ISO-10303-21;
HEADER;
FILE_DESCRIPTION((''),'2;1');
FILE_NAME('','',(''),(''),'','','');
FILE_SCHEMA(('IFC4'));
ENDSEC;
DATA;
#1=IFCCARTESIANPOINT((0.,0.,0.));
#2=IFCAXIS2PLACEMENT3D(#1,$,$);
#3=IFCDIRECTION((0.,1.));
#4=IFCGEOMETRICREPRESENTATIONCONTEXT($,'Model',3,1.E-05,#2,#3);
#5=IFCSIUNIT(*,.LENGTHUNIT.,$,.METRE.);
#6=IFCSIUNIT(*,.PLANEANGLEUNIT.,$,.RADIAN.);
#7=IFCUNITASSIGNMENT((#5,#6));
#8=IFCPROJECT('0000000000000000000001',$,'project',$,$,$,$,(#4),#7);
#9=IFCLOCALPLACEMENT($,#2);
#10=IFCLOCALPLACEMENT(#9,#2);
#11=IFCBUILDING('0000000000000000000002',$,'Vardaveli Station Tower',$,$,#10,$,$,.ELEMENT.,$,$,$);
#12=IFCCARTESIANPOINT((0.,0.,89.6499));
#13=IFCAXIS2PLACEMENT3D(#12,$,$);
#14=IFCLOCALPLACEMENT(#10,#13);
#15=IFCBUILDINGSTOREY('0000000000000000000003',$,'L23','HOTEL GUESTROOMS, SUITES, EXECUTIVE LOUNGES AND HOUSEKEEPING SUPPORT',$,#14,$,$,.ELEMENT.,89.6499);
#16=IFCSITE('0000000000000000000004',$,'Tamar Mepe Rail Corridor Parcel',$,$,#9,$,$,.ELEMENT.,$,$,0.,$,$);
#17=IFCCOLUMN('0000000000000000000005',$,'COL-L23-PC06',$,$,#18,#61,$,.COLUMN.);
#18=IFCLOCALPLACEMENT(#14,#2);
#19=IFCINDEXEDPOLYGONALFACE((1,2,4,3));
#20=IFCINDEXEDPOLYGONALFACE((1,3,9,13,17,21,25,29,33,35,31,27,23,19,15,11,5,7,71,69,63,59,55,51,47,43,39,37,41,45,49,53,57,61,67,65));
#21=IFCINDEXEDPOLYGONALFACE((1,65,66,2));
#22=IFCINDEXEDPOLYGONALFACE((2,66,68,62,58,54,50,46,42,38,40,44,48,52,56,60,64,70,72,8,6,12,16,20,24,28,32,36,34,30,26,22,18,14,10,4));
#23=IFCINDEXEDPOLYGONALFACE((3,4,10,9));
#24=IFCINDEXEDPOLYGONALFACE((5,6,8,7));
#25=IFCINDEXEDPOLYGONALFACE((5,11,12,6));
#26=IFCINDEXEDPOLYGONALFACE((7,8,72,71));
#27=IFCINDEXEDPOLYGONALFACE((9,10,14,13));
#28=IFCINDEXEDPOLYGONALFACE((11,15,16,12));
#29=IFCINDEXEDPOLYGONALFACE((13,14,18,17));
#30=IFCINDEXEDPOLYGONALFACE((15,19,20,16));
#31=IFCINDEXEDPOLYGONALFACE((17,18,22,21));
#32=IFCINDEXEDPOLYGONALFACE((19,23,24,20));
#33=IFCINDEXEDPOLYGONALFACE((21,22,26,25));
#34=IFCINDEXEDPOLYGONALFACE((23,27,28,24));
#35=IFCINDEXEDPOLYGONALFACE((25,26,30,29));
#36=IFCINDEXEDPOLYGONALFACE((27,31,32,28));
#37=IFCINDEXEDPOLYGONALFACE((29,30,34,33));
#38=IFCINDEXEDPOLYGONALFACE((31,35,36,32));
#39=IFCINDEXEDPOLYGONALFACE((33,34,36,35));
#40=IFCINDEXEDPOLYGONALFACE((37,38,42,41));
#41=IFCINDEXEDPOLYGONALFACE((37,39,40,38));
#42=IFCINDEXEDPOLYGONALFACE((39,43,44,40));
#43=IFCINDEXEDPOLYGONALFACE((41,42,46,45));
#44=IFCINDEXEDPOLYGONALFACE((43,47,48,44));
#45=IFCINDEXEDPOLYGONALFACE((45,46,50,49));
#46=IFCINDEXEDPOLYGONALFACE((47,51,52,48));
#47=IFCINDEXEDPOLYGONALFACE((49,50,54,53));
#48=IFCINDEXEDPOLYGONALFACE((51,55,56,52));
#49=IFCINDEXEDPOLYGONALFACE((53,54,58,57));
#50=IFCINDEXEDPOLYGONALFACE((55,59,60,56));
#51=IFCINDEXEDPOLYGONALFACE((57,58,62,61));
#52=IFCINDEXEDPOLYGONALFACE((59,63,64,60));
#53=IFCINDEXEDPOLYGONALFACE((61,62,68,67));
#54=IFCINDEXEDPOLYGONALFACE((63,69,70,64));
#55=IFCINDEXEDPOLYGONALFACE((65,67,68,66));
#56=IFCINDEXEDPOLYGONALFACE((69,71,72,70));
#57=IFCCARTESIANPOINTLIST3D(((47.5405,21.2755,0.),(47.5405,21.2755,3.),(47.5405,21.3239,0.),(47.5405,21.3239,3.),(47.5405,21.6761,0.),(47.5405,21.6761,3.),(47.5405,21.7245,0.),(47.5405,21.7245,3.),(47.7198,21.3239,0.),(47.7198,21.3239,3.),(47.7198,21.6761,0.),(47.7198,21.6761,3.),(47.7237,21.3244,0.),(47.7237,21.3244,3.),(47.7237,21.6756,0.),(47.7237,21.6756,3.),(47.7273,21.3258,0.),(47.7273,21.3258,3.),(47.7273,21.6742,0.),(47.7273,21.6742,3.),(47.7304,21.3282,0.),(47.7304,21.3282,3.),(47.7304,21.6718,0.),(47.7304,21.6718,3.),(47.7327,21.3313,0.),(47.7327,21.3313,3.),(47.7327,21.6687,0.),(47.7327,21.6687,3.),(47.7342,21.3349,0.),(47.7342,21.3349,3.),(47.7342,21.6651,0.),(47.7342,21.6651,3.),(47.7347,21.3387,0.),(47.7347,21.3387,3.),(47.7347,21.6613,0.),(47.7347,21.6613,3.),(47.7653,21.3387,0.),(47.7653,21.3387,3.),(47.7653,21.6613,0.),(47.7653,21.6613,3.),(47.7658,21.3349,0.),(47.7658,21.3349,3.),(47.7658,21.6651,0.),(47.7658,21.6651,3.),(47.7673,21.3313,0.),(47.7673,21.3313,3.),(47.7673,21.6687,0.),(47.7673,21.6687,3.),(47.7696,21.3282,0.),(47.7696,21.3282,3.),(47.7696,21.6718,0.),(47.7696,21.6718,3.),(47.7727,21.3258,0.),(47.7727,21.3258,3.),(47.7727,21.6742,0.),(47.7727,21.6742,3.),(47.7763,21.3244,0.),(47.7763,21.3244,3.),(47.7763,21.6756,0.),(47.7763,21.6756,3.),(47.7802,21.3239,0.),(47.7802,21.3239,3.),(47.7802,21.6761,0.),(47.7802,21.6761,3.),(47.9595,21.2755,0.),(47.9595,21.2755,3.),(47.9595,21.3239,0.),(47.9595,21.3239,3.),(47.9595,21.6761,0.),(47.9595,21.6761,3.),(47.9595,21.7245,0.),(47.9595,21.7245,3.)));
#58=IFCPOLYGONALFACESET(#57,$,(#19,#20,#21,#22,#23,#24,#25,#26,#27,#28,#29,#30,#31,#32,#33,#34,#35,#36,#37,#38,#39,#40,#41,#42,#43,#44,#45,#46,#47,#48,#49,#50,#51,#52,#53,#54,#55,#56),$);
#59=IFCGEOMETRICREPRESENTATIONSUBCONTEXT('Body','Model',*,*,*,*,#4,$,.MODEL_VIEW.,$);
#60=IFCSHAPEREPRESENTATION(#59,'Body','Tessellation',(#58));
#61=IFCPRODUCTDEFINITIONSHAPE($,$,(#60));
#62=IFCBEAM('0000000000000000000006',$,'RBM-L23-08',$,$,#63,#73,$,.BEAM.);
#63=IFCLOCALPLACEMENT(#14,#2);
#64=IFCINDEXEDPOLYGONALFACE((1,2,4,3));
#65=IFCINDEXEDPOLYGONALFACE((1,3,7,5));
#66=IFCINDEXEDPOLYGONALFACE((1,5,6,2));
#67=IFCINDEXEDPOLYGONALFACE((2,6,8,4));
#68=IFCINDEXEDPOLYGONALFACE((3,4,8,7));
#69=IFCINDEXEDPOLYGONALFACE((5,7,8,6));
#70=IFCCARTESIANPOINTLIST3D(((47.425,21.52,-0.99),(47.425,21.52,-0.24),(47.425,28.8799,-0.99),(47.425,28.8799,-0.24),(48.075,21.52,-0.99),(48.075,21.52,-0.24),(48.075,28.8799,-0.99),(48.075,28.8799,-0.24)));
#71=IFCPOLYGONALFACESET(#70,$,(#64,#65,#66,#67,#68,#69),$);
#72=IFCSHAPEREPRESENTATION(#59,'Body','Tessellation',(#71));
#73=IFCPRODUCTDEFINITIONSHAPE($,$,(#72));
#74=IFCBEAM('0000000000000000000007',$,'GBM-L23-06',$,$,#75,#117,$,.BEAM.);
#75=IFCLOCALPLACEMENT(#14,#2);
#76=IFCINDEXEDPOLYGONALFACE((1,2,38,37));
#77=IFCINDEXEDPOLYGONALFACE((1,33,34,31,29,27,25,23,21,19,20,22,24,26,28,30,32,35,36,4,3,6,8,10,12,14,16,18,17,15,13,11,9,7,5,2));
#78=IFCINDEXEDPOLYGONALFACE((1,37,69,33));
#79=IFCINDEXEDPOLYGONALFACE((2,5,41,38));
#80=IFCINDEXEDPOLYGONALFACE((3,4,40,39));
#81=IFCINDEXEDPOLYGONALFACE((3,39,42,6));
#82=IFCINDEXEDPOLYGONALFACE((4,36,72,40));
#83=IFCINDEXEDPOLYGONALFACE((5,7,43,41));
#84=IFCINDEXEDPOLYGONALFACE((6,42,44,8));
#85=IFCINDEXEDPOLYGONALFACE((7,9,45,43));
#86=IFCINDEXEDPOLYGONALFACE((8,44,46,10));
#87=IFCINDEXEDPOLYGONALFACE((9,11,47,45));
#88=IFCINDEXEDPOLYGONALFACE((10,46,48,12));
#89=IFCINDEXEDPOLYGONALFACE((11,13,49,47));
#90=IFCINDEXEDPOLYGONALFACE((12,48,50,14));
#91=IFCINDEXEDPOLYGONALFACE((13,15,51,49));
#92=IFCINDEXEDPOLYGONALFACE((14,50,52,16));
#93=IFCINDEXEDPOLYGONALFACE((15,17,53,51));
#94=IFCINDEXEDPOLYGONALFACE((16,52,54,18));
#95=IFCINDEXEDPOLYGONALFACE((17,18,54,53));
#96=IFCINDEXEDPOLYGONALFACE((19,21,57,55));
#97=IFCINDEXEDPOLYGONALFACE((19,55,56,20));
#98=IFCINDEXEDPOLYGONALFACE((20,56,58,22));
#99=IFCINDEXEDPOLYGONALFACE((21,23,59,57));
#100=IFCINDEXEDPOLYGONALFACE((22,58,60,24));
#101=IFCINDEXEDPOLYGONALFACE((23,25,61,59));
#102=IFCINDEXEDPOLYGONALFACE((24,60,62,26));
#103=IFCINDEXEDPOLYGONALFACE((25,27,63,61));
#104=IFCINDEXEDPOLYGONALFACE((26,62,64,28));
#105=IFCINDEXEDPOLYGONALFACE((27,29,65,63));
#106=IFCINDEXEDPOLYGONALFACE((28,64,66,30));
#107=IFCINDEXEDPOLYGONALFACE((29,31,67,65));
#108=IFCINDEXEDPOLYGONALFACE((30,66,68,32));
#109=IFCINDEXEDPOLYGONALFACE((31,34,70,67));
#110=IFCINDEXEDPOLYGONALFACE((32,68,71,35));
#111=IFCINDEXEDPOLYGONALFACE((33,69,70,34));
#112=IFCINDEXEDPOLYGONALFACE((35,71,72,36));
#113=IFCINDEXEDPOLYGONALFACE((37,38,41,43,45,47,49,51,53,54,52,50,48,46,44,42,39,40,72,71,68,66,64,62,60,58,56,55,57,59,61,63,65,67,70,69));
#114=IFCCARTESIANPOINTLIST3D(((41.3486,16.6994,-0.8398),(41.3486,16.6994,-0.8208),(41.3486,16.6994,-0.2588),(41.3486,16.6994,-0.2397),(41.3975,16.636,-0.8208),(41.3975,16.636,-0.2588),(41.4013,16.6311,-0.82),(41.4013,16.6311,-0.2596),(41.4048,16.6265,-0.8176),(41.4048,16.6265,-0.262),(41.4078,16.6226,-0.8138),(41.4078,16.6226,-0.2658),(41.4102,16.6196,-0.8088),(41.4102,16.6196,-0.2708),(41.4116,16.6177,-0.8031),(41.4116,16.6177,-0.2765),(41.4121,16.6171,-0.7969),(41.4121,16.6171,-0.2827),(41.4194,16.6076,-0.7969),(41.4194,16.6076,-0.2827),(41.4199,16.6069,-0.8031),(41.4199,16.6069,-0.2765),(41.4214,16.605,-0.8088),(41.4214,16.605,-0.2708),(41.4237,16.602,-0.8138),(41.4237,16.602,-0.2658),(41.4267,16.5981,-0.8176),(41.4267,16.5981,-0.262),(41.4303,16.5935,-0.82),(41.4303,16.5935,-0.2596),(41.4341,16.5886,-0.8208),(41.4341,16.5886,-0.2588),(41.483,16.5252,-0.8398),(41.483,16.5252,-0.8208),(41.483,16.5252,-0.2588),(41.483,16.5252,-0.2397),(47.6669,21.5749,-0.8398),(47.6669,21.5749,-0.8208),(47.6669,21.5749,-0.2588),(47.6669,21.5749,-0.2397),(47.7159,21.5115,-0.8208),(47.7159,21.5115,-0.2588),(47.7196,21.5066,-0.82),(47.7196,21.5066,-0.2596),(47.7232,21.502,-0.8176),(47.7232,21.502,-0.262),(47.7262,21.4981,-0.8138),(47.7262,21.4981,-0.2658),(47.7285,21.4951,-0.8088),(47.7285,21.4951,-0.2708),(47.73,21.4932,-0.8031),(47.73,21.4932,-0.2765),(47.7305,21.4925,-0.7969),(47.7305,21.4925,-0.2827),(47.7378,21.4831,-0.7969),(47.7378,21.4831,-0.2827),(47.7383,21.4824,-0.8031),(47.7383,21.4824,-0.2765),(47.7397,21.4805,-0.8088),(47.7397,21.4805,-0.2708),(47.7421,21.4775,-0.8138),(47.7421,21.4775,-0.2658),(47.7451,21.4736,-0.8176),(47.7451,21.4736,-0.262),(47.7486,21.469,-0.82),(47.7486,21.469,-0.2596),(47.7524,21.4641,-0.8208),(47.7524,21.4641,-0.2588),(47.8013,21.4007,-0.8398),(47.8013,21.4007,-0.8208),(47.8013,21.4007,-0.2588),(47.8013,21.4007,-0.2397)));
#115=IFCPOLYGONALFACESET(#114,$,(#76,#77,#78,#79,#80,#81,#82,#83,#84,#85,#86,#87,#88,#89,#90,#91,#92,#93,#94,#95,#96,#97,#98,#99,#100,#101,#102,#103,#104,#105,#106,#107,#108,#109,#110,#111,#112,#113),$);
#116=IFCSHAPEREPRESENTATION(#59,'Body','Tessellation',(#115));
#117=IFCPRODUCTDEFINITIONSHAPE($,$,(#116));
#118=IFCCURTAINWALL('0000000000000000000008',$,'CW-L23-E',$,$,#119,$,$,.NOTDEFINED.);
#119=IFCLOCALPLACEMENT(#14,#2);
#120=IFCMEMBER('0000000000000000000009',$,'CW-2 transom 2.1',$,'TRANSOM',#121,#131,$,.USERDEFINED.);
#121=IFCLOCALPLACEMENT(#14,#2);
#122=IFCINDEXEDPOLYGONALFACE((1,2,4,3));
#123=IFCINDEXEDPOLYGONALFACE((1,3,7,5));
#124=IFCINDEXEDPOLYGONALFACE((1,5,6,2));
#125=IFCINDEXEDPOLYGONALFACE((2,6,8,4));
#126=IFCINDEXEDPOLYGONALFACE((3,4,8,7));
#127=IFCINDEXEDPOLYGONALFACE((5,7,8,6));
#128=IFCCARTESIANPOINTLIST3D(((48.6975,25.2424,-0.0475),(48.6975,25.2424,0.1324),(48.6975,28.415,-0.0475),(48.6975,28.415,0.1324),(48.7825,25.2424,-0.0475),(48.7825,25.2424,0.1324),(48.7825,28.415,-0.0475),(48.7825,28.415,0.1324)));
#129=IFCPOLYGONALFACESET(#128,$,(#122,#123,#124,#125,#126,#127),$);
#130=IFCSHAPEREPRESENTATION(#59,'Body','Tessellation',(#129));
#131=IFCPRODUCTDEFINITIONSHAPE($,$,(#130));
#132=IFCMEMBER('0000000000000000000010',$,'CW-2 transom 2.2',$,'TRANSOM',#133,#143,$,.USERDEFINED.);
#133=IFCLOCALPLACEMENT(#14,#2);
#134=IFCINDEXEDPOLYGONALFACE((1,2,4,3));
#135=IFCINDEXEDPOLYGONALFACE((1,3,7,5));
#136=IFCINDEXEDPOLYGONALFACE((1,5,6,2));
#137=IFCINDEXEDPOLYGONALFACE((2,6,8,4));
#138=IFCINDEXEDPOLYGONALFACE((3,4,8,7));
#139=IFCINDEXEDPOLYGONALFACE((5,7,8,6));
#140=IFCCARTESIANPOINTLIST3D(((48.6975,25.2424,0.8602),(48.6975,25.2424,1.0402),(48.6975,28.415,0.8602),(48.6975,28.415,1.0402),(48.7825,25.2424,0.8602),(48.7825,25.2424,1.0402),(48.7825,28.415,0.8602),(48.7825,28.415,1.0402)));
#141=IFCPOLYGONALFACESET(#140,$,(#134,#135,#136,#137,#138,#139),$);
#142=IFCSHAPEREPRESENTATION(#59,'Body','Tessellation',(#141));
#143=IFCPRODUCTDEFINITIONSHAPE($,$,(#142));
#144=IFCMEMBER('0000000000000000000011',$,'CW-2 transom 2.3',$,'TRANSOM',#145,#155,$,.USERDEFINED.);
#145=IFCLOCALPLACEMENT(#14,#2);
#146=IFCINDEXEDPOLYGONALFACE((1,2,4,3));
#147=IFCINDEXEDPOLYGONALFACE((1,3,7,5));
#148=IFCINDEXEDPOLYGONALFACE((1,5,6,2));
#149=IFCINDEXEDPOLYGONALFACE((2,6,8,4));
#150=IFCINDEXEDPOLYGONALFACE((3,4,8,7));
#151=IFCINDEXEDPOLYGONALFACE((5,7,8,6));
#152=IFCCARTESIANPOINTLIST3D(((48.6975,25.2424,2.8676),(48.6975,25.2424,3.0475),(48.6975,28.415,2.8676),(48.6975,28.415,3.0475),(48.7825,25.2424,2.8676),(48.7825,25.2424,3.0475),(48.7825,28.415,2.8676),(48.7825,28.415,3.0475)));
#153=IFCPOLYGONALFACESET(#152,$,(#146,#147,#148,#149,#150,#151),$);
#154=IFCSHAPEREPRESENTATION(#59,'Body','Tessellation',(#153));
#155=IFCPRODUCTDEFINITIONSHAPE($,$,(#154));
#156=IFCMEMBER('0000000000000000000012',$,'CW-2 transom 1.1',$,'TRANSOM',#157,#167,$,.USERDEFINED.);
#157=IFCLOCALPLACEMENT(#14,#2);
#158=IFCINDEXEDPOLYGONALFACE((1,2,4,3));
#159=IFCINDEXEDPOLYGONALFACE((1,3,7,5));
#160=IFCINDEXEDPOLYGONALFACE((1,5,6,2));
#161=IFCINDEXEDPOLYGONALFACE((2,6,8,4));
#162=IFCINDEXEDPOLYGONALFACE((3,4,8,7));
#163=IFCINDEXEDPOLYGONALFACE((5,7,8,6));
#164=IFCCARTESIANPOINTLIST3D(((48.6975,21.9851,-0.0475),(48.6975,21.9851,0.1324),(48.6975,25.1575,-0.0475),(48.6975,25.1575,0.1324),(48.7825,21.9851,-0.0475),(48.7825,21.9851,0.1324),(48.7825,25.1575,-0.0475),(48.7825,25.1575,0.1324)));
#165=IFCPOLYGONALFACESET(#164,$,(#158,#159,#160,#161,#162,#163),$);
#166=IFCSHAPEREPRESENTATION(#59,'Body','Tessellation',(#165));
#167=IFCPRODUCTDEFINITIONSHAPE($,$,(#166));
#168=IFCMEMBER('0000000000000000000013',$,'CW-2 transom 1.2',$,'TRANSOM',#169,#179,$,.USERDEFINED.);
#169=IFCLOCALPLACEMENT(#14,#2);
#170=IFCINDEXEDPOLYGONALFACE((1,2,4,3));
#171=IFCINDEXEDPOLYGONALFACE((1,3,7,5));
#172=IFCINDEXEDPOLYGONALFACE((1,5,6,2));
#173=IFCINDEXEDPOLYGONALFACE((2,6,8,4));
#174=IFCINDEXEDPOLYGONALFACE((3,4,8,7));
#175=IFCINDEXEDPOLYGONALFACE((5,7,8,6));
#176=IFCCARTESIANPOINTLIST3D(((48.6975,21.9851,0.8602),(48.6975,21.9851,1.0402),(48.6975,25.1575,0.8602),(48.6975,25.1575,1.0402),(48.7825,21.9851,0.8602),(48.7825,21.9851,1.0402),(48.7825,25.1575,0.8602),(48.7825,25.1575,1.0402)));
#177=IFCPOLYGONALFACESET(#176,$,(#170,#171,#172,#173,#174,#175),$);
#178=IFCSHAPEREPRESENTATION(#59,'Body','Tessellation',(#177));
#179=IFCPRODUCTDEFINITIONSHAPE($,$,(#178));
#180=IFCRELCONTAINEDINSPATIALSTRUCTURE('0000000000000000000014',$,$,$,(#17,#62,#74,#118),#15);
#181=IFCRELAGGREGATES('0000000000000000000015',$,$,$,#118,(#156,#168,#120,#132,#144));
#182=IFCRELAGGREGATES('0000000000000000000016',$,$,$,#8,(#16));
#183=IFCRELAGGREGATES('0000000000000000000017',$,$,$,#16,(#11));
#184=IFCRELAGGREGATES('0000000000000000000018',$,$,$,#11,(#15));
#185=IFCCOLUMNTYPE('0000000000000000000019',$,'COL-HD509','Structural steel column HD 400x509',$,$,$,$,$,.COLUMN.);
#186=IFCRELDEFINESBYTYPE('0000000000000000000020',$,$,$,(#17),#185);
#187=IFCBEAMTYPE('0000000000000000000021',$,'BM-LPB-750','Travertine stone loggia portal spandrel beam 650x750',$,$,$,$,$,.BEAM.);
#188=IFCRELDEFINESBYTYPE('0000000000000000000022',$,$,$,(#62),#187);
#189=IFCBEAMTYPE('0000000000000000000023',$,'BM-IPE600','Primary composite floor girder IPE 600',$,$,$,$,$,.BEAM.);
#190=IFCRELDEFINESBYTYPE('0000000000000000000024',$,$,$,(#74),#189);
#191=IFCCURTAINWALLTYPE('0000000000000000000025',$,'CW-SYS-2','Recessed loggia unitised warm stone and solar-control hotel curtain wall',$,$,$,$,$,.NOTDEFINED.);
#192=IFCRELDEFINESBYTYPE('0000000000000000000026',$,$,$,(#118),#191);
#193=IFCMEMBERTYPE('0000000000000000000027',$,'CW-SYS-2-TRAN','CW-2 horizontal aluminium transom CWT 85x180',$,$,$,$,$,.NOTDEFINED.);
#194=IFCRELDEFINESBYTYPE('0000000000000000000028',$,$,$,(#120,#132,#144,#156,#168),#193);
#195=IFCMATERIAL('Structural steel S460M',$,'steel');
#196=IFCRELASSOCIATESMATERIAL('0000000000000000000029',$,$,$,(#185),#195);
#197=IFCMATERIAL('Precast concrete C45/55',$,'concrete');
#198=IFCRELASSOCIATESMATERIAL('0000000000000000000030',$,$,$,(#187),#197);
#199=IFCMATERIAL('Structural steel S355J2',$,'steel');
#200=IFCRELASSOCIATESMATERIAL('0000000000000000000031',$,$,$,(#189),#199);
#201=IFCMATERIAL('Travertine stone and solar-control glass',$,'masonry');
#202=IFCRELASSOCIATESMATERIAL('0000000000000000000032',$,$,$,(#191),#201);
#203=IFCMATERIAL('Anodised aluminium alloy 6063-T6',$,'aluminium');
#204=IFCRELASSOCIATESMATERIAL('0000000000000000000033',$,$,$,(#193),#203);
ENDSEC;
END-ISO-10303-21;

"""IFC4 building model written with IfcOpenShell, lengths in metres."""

from ifc_helpers import new_model, si_unit, direction, frame, origin, origin_2d, place, context, subcontext, project, spatial, rectangle, i_section, extrude, source, transform, mapped, material, material_profile, profile_set, type_object, element, aggregate, save


model = new_model("IFC4")

# Units and contexts
model_context = context("Model", 3, precision=1e-05, world=origin(), true_north=direction((0.0, 1.0)))
body_context = subcontext(model_context, "Body", "Model", "MODEL_VIEW")
ifc_project = project(units=[si_unit("LENGTHUNIT", "METRE"), si_unit("PLANEANGLEUNIT", "RADIAN")], contexts=[model_context])

# Site, building, storey
site_placement = place(None, origin())
site = spatial("IfcSite", under=ifc_project, at=site_placement, Name="Tamar Mepe Rail Corridor Parcel", CompositionType="ELEMENT", RefElevation=0.0)
building_placement = place(site_placement, origin())
building = spatial("IfcBuilding", under=site, at=building_placement, Name="Vardaveli Station Tower", CompositionType="ELEMENT")
storey_placement = place(building_placement, frame((0.0, 0.0, 89.6499)))
storey = spatial("IfcBuildingStorey", under=building, at=storey_placement, Name="L23", Description="HOTEL GUESTROOMS, SUITES, EXECUTIVE LOUNGES AND HOUSEKEEPING SUPPORT", CompositionType="ELEMENT", Elevation=89.6499)

# Column
ifc_material_1 = material(Name="Structural steel S460M", Category="steel")
ifc_material_profile_1 = material_profile(ifc_material_1, i_section(OverallWidth=0.4189, OverallDepth=0.449, WebThickness=0.0305, FlangeThickness=0.0483, FilletRadius=0.0149, at=origin_2d()), Name="HD 400x509")
ifc_profile_set_1 = profile_set([ifc_material_profile_1], Name="Structural steel S460M")
column_type = type_object("IfcColumnType", Name="COL-HD509", Description="Structural steel column HD 400x509", PredefinedType="COLUMN", material=ifc_profile_set_1)
shared_shape_1 = source(origin(), body_context, "Body", "SweptSolid", [
    extrude(i_section(OverallWidth=0.4189, OverallDepth=0.449, WebThickness=0.0305, FlangeThickness=0.0483, FilletRadius=0.0149, at=origin_2d()), origin(), (0.0, 0.0, 1.0), 3.0),
])
column_placement = place(storey_placement, frame((47.75, 21.5, 0.0), z_axis=(0.0, 0.0, 1.0), x_axis=(1.0, 0.0, 0.0)))
element("IfcColumn", 1, at=column_placement, inside=storey, type_object=column_type, Name="COL-L23-PC06", PredefinedType="COLUMN", context=body_context, shape_type="MappedRepresentation", body=[
    mapped(shared_shape_1, transform((0.0, 0.0, 0.0), scale=1.0)),
])

# Beams
ifc_material_2 = material(Name="Precast concrete C45/55", Category="concrete")
ifc_material_profile_2 = material_profile(ifc_material_2, rectangle(XDim=0.6499, YDim=0.75, at=origin_2d()), Name="LPB 650x750")
ifc_profile_set_2 = profile_set([ifc_material_profile_2], Name="Precast concrete C45/55")
beam_type_1 = type_object("IfcBeamType", Name="BM-LPB-750", Description="Travertine stone loggia portal spandrel beam 650x750", PredefinedType="BEAM", material=ifc_profile_set_2)
shared_shape_2 = source(origin(), body_context, "Body", "SweptSolid", [
    extrude(rectangle(XDim=0.6499, YDim=0.75, at=origin_2d()), origin(), (0.0, 0.0, 1.0), 7.3599),
])
beam_1_placement = place(storey_placement, frame((47.75, 21.52, -0.615), z_axis=(0.0, 1.0, 0.0), x_axis=(-1.0, 0.0, 0.0)))
element("IfcBeam", 2, at=beam_1_placement, inside=storey, type_object=beam_type_1, Name="RBM-L23-08", PredefinedType="BEAM", context=body_context, shape_type="MappedRepresentation", body=[
    mapped(shared_shape_2, transform((0.0, 0.0, 0.0), scale=1.0)),
])
ifc_material_3 = material(Name="Structural steel S355J2", Category="steel")
ifc_material_profile_3 = material_profile(ifc_material_3, i_section(OverallWidth=0.22, OverallDepth=0.6001, WebThickness=0.012, FlangeThickness=0.019, FilletRadius=0.0239, at=origin_2d()), Name="IPE 600")
ifc_profile_set_3 = profile_set([ifc_material_profile_3], Name="Structural steel S355J2")
beam_type_2 = type_object("IfcBeamType", Name="BM-IPE600", Description="Primary composite floor girder IPE 600", PredefinedType="BEAM", material=ifc_profile_set_3)
shared_shape_3 = source(origin(), body_context, "Body", "SweptSolid", [
    extrude(i_section(OverallWidth=0.22, OverallDepth=0.6001, WebThickness=0.012, FlangeThickness=0.019, FilletRadius=0.0239, at=origin_2d()), origin(), (0.0, 0.0, 1.0), 7.9807),
])
beam_2_placement = place(storey_placement, frame((47.7341, 21.4878, -0.5398), z_axis=(-0.791702, -0.610908, 0.0), x_axis=(0.610908, -0.791702, 0.0)))
element("IfcBeam", 3, at=beam_2_placement, inside=storey, type_object=beam_type_2, Name="GBM-L23-06", PredefinedType="BEAM", context=body_context, shape_type="MappedRepresentation", body=[
    mapped(shared_shape_3, transform((0.0, 0.0, 0.0), scale=1.0)),
])

# Curtain wall, members
ifc_material_4 = material(Name="Travertine stone and solar-control glass", Category="masonry")
curtain_wall_type = type_object("IfcCurtainWallType", Name="CW-SYS-2", Description="Recessed loggia unitised warm stone and solar-control hotel curtain wall", PredefinedType="NOTDEFINED", material=ifc_material_4)
curtain_wall_placement = place(storey_placement, origin())
curtain_wall = element("IfcCurtainWall", 4, at=curtain_wall_placement, inside=storey, type_object=curtain_wall_type, Name="CW-L23-E", PredefinedType="NOTDEFINED")
ifc_material_5 = material(Name="Anodised aluminium alloy 6063-T6", Category="aluminium")
ifc_material_profile_4 = material_profile(ifc_material_5, rectangle(XDim=0.085, YDim=0.1799, at=origin_2d()), Name="CWT 85x180")
ifc_profile_set_4 = profile_set([ifc_material_profile_4], Name="Anodised aluminium alloy 6063-T6")
member_type_1 = type_object("IfcMemberType", Name="CW-SYS-2-TRAN", Description="CW-2 horizontal aluminium transom CWT 85x180", PredefinedType="NOTDEFINED", material=ifc_profile_set_4)
shared_shape_4 = source(origin(), body_context, "Body", "SweptSolid", [
    extrude(rectangle(XDim=0.085, YDim=0.1799, at=origin_2d()), origin(), (0.0, 0.0, 1.0), 3.1726),
])
member_1_placement = place(storey_placement, frame((48.74, 25.2424, 0.0425), z_axis=(0.0, 1.0, 0.0), x_axis=(-1.0, 0.0, 0.0)))
member_1 = element("IfcMember", 5, at=member_1_placement, type_object=member_type_1, Name="CW-2 transom 2.1", ObjectType="TRANSOM", PredefinedType="USERDEFINED", context=body_context, shape_type="MappedRepresentation", body=[
    mapped(shared_shape_4, transform((0.0, 0.0, 0.0), scale=1.0)),
])
member_2_placement = place(storey_placement, frame((48.74, 25.2424, 0.9502), z_axis=(0.0, 1.0, 0.0), x_axis=(-1.0, 0.0, 0.0)))
member_2 = element("IfcMember", 6, at=member_2_placement, type_object=member_type_1, Name="CW-2 transom 2.2", ObjectType="TRANSOM", PredefinedType="USERDEFINED", context=body_context, shape_type="MappedRepresentation", body=[
    mapped(shared_shape_4, transform((0.0, 0.0, 0.0), scale=1.0)),
])
member_3_placement = place(storey_placement, frame((48.74, 25.2424, 2.9575), z_axis=(0.0, 1.0, 0.0), x_axis=(-1.0, 0.0, 0.0)))
member_3 = element("IfcMember", 7, at=member_3_placement, type_object=member_type_1, Name="CW-2 transom 2.3", ObjectType="TRANSOM", PredefinedType="USERDEFINED", context=body_context, shape_type="MappedRepresentation", body=[
    mapped(shared_shape_4, transform((0.0, 0.0, 0.0), scale=1.0)),
])
shared_shape_5 = source(origin(), body_context, "Body", "SweptSolid", [
    extrude(rectangle(XDim=0.085, YDim=0.1799, at=origin_2d()), origin(), (0.0, 0.0, 1.0), 3.1724),
])
member_4_placement = place(storey_placement, frame((48.74, 21.9851, 0.0425), z_axis=(0.0, 1.0, 0.0), x_axis=(-1.0, 0.0, 0.0)))
member_4 = element("IfcMember", 8, at=member_4_placement, type_object=member_type_1, Name="CW-2 transom 1.1", ObjectType="TRANSOM", PredefinedType="USERDEFINED", context=body_context, shape_type="MappedRepresentation", body=[
    mapped(shared_shape_5, transform((0.0, 0.0, 0.0), scale=1.0)),
])
member_5_placement = place(storey_placement, frame((48.74, 21.9851, 0.9502), z_axis=(0.0, 1.0, 0.0), x_axis=(-1.0, 0.0, 0.0)))
member_5 = element("IfcMember", 9, at=member_5_placement, type_object=member_type_1, Name="CW-2 transom 1.2", ObjectType="TRANSOM", PredefinedType="USERDEFINED", context=body_context, shape_type="MappedRepresentation", body=[
    mapped(shared_shape_5, transform((0.0, 0.0, 0.0), scale=1.0)),
])
aggregate(curtain_wall, [member_4, member_5, member_1, member_2, member_3])

save(model, "model.ifc")
